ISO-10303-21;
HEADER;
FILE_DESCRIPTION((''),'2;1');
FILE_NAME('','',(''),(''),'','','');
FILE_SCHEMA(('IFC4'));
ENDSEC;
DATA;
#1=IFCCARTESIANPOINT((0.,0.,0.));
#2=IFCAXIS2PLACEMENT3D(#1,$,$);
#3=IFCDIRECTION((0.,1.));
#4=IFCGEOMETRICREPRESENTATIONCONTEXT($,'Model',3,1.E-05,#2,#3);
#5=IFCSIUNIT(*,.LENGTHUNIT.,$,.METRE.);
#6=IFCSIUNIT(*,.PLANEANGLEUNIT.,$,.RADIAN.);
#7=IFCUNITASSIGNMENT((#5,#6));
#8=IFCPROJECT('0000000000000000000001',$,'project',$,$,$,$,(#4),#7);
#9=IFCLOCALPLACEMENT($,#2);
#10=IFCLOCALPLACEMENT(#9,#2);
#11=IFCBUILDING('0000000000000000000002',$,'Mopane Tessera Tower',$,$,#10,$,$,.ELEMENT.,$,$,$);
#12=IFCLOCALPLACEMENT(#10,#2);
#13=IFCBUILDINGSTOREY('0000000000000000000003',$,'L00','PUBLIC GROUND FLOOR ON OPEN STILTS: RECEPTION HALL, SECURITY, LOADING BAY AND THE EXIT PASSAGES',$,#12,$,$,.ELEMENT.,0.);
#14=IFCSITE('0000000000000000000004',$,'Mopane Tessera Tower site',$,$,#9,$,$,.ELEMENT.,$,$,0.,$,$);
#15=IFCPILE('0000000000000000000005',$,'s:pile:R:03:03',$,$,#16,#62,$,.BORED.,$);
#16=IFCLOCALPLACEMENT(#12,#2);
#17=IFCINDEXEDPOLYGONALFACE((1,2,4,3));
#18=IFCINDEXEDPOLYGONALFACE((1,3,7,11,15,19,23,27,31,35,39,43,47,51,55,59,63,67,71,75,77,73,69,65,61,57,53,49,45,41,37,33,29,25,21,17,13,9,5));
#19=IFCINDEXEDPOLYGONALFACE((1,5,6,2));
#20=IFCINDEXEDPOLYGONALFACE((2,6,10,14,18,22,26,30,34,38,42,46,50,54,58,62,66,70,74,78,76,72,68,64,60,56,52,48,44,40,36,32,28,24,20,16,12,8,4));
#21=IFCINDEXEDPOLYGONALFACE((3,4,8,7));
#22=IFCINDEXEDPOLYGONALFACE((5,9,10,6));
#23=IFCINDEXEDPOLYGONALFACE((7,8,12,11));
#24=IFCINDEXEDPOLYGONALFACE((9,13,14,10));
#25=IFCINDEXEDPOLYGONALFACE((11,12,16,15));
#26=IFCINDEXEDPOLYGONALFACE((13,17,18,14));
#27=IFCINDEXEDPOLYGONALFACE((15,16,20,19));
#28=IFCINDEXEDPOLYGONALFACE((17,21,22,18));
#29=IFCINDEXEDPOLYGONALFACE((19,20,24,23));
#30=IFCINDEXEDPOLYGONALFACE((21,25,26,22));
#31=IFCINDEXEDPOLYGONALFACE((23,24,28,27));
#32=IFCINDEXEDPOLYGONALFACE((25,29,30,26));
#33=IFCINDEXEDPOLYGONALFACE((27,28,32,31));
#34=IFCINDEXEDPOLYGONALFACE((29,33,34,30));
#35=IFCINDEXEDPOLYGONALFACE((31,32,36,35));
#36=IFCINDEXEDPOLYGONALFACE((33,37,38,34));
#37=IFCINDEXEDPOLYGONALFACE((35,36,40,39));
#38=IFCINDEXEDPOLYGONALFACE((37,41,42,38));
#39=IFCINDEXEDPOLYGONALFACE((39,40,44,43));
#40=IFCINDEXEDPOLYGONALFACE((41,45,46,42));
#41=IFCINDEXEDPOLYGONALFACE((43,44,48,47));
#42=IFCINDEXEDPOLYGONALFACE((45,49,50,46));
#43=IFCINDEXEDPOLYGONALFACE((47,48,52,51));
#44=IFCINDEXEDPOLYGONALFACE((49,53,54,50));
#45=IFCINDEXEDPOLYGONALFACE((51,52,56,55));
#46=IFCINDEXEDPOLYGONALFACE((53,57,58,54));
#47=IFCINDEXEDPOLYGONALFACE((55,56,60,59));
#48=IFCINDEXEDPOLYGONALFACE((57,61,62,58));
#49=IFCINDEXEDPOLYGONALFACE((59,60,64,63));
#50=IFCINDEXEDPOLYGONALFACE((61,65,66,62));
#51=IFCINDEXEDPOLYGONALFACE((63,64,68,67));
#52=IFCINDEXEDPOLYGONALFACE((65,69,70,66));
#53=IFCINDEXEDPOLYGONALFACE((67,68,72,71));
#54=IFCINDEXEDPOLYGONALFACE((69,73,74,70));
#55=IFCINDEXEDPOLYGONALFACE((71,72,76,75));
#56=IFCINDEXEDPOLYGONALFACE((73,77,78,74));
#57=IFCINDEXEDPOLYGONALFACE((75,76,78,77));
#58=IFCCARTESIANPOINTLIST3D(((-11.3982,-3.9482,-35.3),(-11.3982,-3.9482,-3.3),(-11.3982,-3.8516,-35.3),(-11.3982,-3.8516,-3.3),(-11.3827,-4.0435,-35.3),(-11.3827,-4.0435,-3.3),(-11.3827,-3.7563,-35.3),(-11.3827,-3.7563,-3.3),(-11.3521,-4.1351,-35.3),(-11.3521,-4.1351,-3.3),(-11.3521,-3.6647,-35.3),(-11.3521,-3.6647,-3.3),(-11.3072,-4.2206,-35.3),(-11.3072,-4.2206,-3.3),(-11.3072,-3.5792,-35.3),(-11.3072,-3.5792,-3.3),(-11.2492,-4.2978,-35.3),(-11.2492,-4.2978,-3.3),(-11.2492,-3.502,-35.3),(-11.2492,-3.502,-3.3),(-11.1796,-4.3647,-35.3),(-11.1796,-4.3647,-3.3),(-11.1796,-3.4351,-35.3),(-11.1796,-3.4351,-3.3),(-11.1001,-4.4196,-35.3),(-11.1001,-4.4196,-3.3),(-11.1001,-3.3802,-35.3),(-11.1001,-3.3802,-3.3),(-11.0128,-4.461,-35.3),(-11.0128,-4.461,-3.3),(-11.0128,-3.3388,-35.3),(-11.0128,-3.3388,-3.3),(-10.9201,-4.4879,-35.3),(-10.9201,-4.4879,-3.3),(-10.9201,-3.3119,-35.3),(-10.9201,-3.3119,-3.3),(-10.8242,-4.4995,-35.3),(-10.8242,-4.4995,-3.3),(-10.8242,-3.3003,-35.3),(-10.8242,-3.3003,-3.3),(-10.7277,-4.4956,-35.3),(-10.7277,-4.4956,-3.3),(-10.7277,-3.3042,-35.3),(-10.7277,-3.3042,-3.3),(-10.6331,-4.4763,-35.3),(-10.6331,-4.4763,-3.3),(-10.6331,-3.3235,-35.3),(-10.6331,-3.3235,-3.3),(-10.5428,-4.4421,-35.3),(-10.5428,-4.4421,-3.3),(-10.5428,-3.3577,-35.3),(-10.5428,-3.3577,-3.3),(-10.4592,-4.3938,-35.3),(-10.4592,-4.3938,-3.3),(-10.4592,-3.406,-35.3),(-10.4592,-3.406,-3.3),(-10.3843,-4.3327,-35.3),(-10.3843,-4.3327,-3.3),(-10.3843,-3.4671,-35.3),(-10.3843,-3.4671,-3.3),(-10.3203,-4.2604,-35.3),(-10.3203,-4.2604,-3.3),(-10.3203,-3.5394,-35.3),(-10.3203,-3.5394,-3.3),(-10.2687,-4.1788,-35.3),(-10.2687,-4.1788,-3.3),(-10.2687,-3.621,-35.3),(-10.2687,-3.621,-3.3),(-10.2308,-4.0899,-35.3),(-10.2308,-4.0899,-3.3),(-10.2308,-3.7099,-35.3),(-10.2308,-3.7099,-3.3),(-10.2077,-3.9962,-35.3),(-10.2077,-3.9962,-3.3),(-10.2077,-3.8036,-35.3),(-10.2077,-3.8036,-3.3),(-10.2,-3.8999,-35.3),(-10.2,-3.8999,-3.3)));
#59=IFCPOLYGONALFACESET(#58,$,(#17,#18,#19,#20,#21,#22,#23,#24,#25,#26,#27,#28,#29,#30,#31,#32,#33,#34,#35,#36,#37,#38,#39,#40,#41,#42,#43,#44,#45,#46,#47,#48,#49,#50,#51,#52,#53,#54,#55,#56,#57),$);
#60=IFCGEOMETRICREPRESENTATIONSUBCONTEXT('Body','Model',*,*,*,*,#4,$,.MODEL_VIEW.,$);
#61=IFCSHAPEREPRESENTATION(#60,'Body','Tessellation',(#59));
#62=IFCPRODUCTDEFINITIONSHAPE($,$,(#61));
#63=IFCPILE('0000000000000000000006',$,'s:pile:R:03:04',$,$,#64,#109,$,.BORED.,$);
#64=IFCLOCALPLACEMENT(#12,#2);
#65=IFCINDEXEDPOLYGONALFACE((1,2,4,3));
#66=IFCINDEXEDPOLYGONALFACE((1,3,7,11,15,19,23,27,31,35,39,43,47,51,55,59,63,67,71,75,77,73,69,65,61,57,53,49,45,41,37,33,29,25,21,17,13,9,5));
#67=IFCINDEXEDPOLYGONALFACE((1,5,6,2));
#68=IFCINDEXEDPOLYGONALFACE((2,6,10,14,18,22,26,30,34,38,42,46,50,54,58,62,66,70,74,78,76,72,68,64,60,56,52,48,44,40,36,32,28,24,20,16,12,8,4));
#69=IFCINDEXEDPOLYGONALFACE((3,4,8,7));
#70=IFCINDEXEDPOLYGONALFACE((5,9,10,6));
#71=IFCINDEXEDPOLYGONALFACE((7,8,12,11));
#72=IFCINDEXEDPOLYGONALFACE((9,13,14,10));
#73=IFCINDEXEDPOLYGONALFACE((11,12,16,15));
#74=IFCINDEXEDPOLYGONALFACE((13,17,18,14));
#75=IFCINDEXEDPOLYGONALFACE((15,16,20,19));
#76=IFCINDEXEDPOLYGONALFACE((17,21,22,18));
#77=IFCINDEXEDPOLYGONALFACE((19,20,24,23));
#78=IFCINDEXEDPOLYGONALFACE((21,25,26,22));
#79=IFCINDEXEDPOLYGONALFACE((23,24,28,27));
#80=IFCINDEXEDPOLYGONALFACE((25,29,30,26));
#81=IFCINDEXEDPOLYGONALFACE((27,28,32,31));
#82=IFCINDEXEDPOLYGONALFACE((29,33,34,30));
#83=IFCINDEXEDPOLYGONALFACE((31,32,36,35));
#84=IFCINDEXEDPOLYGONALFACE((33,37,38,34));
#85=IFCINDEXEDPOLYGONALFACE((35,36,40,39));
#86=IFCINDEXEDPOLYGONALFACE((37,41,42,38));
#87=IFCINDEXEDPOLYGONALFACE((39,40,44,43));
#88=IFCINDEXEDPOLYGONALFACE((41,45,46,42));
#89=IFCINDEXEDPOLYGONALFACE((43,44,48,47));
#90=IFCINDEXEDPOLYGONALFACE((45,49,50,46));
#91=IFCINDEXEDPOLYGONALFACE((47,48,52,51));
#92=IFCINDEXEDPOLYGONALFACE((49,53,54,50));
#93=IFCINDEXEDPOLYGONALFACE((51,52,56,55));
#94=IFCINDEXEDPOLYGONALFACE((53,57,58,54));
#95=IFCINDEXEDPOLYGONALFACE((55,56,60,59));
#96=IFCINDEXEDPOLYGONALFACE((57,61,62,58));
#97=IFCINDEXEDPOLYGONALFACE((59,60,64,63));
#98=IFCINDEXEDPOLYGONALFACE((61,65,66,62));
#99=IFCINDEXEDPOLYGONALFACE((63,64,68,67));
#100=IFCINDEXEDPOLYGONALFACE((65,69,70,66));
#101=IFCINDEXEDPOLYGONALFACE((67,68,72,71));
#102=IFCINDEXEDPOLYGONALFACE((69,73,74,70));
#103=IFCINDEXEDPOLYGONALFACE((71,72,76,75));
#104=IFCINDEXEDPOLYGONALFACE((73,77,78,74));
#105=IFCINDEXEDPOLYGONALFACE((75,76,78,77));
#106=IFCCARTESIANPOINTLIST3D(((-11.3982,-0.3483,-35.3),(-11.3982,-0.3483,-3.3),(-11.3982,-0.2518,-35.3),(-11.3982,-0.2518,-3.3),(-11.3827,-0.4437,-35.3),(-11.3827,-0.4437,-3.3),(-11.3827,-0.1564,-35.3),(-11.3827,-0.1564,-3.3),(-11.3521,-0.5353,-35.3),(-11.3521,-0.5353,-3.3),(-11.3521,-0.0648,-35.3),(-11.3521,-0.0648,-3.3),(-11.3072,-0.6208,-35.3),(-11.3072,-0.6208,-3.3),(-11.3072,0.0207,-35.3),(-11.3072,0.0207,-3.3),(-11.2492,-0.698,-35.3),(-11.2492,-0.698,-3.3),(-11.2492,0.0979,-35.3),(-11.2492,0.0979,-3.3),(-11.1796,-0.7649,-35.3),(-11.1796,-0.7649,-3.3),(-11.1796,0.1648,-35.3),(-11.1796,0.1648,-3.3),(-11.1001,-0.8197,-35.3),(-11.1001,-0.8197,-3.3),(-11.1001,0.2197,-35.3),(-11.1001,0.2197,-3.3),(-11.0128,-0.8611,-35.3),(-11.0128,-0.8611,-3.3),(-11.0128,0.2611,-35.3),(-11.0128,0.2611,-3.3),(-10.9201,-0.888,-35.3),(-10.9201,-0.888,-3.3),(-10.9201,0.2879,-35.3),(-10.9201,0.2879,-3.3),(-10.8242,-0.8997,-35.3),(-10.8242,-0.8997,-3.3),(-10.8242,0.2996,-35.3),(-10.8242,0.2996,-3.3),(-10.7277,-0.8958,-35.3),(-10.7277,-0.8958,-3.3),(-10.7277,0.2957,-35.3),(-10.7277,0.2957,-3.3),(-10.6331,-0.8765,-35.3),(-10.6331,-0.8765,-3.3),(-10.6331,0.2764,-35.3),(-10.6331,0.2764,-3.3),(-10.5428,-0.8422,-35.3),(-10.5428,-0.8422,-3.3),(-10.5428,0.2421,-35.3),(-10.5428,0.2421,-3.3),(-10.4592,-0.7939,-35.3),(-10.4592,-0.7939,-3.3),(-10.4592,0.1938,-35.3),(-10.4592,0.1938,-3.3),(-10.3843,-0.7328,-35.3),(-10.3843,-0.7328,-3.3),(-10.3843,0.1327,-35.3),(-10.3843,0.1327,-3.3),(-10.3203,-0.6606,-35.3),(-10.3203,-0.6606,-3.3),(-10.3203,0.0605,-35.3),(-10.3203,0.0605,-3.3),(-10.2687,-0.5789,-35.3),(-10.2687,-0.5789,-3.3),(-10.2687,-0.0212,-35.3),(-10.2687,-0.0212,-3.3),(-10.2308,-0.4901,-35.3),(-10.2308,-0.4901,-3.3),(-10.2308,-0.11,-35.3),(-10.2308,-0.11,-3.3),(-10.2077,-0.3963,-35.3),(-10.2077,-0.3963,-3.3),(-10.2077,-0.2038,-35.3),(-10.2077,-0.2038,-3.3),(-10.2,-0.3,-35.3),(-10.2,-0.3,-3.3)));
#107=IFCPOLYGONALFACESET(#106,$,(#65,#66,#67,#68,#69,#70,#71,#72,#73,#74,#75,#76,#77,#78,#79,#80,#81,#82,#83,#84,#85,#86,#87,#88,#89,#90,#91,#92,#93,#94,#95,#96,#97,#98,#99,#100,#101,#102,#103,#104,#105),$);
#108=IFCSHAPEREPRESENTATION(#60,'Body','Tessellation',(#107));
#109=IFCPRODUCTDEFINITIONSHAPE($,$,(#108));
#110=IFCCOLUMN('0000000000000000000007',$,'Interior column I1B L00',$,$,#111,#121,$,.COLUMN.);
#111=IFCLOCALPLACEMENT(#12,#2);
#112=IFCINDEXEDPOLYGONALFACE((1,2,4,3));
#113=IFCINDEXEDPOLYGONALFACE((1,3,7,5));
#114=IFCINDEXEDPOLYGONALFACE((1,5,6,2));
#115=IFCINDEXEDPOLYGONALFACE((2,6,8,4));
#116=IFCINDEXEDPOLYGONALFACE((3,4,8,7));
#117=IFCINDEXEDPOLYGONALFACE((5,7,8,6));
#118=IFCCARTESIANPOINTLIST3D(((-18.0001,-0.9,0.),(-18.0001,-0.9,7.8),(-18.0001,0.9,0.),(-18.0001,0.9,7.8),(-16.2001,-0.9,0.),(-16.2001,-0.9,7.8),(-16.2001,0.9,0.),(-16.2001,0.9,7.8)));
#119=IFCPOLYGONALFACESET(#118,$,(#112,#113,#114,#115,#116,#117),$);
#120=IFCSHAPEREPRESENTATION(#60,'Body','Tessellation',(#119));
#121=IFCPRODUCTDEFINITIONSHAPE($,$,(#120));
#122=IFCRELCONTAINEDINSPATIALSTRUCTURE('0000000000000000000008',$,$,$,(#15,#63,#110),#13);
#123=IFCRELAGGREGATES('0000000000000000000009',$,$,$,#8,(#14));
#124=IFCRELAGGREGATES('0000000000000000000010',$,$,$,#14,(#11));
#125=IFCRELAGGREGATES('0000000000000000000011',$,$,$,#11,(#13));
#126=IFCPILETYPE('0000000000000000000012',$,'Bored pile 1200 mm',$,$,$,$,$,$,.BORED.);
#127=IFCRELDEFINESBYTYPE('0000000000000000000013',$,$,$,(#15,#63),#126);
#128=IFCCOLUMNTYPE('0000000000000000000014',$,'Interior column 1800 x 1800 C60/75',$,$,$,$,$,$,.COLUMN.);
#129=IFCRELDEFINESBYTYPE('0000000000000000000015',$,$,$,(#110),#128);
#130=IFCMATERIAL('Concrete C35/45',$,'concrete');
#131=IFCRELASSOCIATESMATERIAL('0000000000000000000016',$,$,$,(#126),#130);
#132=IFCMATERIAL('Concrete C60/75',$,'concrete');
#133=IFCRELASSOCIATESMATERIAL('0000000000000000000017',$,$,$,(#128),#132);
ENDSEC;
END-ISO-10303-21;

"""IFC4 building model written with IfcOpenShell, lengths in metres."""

from ifc_helpers import new_model, si_unit, direction, frame, origin, origin_2d, place, context, subcontext, project, spatial, rectangle, circle, extrude, material, material_profile, profile_set, type_object, element, save


model = new_model("IFC4")

# Units and contexts
model_context = context("Model", 3, precision=1e-05, world=origin(), true_north=direction((0.0, 1.0)))
body_context = subcontext(model_context, "Body", "Model", "MODEL_VIEW")
ifc_project = project(units=[si_unit("LENGTHUNIT", "METRE"), si_unit("PLANEANGLEUNIT", "RADIAN")], contexts=[model_context])

# Site, building, storey
site_placement = place(None, origin())
site = spatial("IfcSite", under=ifc_project, at=site_placement, Name="Mopane Tessera Tower site", CompositionType="ELEMENT", RefElevation=0.0)
building_placement = place(site_placement, origin())
building = spatial("IfcBuilding", under=site, at=building_placement, Name="Mopane Tessera Tower", CompositionType="ELEMENT")
storey_placement = place(building_placement, origin())
storey = spatial("IfcBuildingStorey", under=building, at=storey_placement, Name="L00", Description="PUBLIC GROUND FLOOR ON OPEN STILTS: RECEPTION HALL, SECURITY, LOADING BAY AND THE EXIT PASSAGES", CompositionType="ELEMENT", Elevation=0.0)

# Piles
ifc_material_1 = material(Name="Concrete C35/45", Category="concrete")
ifc_material_profile_1 = material_profile(ifc_material_1, circle(Radius=0.6001, at=origin_2d()))
ifc_profile_set_1 = profile_set([ifc_material_profile_1], Name="Concrete C35/45")
pile_type = type_object("IfcPileType", Name="Bored pile 1200 mm", PredefinedType="BORED", material=ifc_profile_set_1)
for number, where, z_axis, x_axis, name in (
    (1, (-10.8, -3.8999, -3.3), (0.0, 0.0, -1.0), (1.0, 0.0, 0.0), "s:pile:R:03:03"),
    (2, (-10.8, -0.3, -3.3), (0.0, 0.0, -1.0), (1.0, 0.0, 0.0), "s:pile:R:03:04"),
):
    element("IfcPile", number, at=place(storey_placement, frame(where, z_axis=z_axis, x_axis=x_axis)), inside=storey, type_object=pile_type, Name=name, PredefinedType="BORED", context=body_context, shape_type="SweptSolid", body=[
        extrude(circle(Radius=0.6001, at=origin_2d()), origin(), (0.0, 0.0, 1.0), 32.0),
    ])

# Column
ifc_material_2 = material(Name="Concrete C60/75", Category="concrete")
ifc_material_profile_2 = material_profile(ifc_material_2, rectangle(XDim=1.8, YDim=1.8, at=origin_2d()))
ifc_profile_set_2 = profile_set([ifc_material_profile_2], Name="Concrete C60/75")
column_type = type_object("IfcColumnType", Name="Interior column 1800 x 1800 C60/75", PredefinedType="COLUMN", material=ifc_profile_set_2)
column_placement = place(storey_placement, frame((-17.1001, 0.0, 0.0), z_axis=(0.0, 0.0, 1.0), x_axis=(1.0, 0.0, 0.0)))
element("IfcColumn", 3, at=column_placement, inside=storey, type_object=column_type, Name="Interior column I1B L00", PredefinedType="COLUMN", context=body_context, shape_type="SweptSolid", body=[
    extrude(rectangle(XDim=1.8, YDim=1.8, at=origin_2d()), origin(), (0.0, 0.0, 1.0), 7.8),
])

save(model, "model.ifc")
